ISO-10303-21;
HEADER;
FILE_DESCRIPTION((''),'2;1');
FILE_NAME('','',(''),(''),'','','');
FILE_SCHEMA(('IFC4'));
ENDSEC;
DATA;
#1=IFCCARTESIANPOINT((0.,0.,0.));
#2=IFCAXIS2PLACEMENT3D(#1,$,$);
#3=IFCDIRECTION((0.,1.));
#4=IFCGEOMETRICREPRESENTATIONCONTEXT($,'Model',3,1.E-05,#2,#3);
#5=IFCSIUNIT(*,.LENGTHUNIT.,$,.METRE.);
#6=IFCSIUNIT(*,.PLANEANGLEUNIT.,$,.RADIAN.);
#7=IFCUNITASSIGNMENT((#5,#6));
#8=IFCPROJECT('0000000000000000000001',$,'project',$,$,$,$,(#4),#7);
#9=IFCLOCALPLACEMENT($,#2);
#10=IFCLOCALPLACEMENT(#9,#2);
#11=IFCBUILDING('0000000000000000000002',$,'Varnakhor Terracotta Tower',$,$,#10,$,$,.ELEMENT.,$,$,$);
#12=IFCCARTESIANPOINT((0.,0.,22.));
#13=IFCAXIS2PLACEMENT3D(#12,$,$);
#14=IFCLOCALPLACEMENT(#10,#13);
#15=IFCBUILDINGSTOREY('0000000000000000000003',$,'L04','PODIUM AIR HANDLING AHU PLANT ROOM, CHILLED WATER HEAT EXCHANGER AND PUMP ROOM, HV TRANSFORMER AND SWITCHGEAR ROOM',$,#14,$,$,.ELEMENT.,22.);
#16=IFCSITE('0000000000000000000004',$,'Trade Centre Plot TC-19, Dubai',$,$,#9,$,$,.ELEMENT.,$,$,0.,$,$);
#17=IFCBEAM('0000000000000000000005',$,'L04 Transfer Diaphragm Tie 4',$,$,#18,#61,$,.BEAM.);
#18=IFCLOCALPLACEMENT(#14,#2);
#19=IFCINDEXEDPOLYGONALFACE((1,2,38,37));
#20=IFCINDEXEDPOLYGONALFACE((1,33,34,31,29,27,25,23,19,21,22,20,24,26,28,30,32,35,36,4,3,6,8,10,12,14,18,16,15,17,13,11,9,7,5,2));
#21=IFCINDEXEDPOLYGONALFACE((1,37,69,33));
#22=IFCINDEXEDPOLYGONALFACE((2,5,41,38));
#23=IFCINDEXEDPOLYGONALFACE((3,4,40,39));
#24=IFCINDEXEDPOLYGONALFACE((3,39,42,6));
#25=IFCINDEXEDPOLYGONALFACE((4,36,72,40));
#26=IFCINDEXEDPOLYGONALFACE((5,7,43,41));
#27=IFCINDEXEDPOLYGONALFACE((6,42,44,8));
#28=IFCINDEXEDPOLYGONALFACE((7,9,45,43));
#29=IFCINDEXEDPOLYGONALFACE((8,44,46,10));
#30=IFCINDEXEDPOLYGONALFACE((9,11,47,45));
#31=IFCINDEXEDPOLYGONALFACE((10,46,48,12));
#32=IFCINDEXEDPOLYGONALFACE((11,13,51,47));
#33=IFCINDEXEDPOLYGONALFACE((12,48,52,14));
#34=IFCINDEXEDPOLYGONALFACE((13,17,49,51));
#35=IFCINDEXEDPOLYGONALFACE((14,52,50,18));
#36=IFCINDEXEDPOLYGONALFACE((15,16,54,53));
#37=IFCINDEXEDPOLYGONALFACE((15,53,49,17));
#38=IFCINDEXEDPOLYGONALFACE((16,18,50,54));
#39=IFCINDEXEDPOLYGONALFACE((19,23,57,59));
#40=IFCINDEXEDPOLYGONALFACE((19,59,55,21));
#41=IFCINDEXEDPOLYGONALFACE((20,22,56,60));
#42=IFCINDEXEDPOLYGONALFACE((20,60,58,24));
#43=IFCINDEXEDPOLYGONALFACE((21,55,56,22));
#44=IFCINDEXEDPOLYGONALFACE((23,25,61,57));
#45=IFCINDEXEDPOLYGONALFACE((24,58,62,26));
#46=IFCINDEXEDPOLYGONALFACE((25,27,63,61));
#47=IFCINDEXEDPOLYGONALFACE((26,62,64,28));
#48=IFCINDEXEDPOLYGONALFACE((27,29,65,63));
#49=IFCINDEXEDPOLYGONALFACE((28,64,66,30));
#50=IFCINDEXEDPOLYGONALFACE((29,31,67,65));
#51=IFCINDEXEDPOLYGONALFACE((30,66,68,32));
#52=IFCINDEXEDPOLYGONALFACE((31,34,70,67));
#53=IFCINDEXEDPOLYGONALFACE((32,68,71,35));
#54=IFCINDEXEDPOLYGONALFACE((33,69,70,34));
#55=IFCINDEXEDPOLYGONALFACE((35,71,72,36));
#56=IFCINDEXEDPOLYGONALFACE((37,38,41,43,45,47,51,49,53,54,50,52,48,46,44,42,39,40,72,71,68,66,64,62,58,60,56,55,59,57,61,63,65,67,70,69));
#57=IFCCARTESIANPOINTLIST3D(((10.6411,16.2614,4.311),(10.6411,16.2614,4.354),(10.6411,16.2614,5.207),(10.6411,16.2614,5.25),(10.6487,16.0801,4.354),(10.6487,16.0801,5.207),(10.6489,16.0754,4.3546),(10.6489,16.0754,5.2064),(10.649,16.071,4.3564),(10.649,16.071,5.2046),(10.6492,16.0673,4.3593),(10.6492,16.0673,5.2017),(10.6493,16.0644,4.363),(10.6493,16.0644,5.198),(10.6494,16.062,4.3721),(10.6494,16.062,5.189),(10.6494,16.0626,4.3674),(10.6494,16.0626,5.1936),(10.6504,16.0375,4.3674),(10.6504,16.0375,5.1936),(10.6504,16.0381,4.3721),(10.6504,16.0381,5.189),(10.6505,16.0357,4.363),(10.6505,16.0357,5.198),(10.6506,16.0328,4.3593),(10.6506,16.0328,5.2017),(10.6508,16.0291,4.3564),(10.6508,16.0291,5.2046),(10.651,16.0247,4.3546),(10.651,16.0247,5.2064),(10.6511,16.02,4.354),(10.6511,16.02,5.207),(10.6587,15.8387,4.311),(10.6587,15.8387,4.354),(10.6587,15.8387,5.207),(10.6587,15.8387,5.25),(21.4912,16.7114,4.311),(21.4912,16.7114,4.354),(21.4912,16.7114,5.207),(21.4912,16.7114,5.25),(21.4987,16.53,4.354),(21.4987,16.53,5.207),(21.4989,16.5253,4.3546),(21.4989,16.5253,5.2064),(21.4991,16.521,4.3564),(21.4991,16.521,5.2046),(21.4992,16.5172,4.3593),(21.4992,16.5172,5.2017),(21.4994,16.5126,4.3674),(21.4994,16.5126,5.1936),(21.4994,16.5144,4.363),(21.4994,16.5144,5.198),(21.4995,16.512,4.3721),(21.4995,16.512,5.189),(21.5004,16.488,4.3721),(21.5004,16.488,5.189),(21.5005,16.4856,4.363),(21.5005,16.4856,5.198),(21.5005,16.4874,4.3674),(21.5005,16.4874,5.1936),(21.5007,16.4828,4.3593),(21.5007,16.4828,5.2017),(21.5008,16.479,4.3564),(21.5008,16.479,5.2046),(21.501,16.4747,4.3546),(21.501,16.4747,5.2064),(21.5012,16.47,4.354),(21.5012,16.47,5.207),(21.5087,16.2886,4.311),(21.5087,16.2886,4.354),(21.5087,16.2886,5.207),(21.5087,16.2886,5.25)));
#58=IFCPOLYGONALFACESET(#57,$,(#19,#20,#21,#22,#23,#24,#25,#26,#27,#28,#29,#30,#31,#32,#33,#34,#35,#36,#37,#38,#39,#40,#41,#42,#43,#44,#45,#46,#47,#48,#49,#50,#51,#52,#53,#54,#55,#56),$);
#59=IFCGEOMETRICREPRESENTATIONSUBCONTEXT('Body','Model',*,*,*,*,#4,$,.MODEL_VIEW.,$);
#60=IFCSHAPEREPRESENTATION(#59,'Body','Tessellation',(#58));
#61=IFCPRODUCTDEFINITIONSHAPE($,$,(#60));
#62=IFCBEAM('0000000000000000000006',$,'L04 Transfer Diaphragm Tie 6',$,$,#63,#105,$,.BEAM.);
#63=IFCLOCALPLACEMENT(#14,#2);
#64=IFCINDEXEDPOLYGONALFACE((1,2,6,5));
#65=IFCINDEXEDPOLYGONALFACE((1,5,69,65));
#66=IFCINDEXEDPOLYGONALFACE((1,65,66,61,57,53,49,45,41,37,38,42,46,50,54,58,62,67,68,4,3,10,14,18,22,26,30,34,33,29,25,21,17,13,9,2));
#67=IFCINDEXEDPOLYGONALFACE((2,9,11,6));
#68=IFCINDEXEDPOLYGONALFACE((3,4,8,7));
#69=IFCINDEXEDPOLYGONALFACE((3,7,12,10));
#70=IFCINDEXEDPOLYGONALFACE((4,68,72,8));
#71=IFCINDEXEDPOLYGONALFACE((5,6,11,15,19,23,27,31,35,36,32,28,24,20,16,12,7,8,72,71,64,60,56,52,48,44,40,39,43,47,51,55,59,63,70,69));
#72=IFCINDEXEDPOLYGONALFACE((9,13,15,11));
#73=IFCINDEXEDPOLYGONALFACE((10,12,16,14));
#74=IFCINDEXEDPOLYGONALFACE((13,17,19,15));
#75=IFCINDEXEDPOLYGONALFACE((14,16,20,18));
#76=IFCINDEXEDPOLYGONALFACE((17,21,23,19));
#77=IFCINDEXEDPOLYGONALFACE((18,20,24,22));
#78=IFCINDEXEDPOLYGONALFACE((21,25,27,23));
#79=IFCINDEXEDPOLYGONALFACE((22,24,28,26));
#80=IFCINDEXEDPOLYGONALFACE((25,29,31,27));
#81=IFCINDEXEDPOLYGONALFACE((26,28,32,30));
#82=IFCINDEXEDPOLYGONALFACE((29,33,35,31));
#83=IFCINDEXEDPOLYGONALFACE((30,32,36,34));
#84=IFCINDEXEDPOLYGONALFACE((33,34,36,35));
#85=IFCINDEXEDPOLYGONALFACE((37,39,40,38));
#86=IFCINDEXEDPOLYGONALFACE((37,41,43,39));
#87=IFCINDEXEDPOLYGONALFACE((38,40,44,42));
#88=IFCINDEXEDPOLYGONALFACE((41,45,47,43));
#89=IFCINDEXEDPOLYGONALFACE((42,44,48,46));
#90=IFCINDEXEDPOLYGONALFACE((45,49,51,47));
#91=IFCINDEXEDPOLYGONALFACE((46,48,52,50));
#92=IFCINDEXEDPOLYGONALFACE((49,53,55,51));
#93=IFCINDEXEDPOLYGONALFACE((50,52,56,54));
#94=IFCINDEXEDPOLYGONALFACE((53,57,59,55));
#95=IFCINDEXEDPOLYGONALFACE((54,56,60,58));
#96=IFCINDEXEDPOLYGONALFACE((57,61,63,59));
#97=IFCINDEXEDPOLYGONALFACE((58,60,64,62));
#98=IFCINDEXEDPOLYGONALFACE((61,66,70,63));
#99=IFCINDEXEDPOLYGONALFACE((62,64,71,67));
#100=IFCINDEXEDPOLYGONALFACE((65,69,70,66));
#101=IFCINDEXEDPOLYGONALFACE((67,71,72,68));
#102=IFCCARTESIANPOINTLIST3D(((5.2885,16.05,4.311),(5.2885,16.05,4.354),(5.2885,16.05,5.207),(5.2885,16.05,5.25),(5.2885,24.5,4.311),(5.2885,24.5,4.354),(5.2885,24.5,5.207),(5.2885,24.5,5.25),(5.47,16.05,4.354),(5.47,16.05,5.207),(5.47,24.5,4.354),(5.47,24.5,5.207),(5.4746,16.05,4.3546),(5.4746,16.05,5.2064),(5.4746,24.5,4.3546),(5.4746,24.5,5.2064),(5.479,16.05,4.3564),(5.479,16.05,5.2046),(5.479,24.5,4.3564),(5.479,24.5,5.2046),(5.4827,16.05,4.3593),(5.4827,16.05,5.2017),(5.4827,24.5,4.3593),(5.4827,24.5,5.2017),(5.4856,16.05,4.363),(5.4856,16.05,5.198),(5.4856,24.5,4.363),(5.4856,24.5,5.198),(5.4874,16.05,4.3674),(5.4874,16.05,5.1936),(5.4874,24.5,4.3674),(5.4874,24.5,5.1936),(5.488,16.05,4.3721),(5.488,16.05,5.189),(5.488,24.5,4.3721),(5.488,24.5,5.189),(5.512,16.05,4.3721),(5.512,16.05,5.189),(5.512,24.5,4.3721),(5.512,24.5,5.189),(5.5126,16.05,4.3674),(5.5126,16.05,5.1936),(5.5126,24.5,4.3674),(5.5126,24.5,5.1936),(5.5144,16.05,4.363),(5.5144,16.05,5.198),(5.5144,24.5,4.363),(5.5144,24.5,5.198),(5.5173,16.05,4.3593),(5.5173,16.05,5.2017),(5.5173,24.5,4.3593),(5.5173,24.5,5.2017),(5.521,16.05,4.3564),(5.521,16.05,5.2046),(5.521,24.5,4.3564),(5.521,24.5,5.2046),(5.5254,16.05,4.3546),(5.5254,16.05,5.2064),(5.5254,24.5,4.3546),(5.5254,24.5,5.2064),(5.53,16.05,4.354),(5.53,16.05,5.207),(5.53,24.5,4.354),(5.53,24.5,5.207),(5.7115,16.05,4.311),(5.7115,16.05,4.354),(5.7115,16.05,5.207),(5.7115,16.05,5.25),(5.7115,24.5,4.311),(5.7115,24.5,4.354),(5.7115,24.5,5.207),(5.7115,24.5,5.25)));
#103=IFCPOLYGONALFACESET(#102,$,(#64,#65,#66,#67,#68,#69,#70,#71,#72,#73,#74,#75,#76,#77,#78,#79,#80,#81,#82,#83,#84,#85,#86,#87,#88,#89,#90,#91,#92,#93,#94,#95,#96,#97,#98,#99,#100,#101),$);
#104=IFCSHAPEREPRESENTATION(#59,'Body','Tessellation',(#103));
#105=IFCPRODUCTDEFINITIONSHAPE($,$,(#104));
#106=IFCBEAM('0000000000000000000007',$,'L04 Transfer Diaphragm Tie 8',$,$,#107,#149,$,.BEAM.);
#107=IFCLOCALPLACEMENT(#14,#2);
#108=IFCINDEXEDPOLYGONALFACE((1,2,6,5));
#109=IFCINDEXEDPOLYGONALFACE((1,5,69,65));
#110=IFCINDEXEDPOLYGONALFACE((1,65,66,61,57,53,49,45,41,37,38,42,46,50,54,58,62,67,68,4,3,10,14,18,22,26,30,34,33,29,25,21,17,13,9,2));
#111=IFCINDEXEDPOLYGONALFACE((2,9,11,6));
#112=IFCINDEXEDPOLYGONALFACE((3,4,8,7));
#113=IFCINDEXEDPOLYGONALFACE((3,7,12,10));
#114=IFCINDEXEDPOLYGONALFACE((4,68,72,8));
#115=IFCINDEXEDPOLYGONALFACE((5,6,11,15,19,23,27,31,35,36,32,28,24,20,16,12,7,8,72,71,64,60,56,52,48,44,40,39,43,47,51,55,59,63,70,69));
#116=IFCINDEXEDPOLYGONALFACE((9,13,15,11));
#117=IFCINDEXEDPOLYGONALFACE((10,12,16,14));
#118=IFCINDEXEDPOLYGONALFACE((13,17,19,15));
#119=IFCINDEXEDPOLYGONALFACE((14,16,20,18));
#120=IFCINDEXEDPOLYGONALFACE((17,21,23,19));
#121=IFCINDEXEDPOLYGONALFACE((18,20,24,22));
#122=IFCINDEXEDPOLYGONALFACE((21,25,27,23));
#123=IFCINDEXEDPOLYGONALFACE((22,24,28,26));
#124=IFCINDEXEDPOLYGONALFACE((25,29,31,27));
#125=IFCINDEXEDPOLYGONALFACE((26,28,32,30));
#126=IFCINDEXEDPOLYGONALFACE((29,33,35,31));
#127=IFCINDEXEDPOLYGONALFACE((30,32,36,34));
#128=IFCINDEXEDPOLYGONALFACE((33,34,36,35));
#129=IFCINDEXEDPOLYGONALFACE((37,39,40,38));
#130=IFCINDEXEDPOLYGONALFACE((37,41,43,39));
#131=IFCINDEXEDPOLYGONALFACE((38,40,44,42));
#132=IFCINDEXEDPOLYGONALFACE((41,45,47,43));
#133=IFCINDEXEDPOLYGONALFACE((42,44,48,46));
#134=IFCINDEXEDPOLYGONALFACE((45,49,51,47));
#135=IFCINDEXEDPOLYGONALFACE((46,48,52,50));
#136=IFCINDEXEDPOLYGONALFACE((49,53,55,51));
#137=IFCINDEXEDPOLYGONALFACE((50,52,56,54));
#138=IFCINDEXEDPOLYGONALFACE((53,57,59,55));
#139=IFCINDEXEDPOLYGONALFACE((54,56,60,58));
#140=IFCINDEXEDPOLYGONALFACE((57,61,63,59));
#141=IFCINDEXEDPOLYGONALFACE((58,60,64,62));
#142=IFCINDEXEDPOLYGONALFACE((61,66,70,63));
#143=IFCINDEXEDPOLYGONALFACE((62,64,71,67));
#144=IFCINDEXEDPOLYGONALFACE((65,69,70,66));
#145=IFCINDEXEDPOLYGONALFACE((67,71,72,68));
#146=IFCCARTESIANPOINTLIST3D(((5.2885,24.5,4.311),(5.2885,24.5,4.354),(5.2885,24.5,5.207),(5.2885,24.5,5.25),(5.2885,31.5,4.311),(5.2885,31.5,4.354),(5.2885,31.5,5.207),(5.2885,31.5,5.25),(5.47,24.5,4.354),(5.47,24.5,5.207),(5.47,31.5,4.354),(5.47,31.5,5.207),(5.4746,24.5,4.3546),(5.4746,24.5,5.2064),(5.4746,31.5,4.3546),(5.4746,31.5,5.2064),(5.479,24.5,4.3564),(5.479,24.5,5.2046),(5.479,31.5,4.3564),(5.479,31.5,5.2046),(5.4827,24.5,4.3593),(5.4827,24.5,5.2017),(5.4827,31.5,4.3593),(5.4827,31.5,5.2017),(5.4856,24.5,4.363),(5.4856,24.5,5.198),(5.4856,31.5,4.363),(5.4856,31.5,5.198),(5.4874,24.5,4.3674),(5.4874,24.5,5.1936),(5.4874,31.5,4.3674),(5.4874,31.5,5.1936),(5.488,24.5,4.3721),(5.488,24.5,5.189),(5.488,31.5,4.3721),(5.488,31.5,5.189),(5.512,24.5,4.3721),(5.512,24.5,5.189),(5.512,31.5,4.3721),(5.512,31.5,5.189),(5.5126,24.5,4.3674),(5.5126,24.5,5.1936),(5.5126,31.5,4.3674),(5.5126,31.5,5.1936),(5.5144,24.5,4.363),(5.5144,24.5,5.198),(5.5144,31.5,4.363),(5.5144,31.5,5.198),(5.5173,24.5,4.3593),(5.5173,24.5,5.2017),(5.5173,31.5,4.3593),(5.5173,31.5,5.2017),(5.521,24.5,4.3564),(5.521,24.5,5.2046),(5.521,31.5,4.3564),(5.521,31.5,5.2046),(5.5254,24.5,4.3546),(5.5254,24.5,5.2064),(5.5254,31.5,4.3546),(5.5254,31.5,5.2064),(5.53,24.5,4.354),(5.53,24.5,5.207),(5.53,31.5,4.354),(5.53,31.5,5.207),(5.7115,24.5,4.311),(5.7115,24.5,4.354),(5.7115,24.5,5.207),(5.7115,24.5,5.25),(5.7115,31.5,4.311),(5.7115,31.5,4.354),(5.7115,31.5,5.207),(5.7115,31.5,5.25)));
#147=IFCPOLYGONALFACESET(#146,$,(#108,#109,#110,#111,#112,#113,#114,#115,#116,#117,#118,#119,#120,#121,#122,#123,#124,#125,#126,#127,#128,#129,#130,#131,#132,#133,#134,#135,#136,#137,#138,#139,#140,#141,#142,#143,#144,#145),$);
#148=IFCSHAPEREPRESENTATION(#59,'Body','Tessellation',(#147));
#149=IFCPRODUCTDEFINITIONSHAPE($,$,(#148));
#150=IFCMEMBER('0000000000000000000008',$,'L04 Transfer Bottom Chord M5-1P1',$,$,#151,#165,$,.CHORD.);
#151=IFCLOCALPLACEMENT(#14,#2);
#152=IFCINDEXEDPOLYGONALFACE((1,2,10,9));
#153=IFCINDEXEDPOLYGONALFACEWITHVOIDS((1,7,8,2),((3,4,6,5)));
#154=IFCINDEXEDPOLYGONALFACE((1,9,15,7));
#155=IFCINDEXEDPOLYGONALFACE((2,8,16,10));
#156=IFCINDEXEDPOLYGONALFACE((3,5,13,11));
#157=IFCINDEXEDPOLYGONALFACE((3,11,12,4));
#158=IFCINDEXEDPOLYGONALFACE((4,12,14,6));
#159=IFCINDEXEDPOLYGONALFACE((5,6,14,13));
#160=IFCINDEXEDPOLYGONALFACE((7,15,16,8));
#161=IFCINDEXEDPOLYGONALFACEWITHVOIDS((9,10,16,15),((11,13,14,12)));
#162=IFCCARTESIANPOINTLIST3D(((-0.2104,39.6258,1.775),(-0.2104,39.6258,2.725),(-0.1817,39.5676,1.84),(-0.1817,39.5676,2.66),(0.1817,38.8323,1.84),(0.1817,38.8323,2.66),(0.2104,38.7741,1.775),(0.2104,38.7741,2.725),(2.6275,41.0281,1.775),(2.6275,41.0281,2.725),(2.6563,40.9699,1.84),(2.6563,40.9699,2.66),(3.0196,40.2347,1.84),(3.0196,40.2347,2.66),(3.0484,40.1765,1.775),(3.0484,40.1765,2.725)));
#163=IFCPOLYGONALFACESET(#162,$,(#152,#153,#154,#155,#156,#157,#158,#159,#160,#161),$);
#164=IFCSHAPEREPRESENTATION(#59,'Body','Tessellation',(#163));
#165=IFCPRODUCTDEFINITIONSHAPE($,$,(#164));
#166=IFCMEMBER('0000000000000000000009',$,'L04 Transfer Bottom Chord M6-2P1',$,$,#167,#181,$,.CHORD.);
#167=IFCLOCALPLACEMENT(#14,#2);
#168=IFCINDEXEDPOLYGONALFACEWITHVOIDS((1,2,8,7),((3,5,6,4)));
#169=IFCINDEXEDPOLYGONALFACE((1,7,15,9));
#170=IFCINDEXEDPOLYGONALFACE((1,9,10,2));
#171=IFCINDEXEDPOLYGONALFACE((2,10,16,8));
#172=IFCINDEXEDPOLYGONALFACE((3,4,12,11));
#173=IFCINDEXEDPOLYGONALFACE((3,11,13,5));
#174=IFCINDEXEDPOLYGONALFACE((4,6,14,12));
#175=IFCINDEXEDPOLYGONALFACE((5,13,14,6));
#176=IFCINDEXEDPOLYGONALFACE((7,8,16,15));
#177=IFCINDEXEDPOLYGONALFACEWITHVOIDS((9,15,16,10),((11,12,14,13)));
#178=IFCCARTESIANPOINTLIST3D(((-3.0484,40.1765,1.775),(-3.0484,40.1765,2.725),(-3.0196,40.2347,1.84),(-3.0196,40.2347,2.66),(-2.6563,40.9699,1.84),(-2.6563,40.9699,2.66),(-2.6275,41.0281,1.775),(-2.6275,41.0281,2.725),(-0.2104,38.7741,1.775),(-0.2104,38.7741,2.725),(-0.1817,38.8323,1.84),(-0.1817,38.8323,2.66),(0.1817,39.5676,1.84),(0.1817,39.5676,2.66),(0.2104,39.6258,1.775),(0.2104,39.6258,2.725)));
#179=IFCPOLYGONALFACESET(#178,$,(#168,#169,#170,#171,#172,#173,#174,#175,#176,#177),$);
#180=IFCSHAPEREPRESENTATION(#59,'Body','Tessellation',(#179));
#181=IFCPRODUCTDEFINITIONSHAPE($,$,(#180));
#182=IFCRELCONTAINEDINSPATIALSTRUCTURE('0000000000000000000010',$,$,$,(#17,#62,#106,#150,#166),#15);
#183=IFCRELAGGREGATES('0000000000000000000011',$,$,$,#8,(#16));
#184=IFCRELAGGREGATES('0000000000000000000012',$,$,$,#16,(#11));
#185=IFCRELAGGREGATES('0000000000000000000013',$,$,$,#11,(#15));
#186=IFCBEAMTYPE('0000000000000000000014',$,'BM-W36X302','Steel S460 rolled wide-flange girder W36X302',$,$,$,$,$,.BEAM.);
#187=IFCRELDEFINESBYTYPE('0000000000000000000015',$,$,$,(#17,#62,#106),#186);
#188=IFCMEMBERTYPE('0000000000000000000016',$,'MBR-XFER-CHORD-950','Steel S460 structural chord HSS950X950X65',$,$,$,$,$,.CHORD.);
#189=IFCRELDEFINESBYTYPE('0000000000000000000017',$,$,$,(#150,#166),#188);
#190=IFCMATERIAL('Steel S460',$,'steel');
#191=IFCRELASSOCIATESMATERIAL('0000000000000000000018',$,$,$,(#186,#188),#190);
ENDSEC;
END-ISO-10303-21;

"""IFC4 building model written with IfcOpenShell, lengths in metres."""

from ifc_helpers import new_model, si_unit, direction, frame, origin, origin_2d, place, context, subcontext, project, spatial, hollow_rectangle, i_section, extrude, source, transform, mapped, material, material_profile, profile_set, type_object, element, save


model = new_model("IFC4")

# Units and contexts
model_context = context("Model", 3, precision=1e-05, world=origin(), true_north=direction((0.0, 1.0)))
body_context = subcontext(model_context, "Body", "Model", "MODEL_VIEW")
ifc_project = project(units=[si_unit("LENGTHUNIT", "METRE"), si_unit("PLANEANGLEUNIT", "RADIAN")], contexts=[model_context])

# Site, building, storey
site_placement = place(None, origin())
site = spatial("IfcSite", under=ifc_project, at=site_placement, Name="Trade Centre Plot TC-19, Dubai", CompositionType="ELEMENT", RefElevation=0.0)
building_placement = place(site_placement, origin())
building = spatial("IfcBuilding", under=site, at=building_placement, Name="Varnakhor Terracotta Tower", CompositionType="ELEMENT")
storey_placement = place(building_placement, frame((0.0, 0.0, 22.0)))
storey = spatial("IfcBuildingStorey", under=building, at=storey_placement, Name="L04", Description="PODIUM AIR HANDLING AHU PLANT ROOM, CHILLED WATER HEAT EXCHANGER AND PUMP ROOM, HV TRANSFORMER AND SWITCHGEAR ROOM", CompositionType="ELEMENT", Elevation=22.0)

# Shared definitions
ifc_material_1 = material(Name="Steel S460", Category="steel")

# Beams
ifc_material_profile_1 = material_profile(ifc_material_1, i_section(OverallWidth=0.4231, OverallDepth=0.939, WebThickness=0.0239, FlangeThickness=0.043, FilletRadius=0.0181, at=origin_2d()), Name="W36X302")
ifc_profile_set_1 = profile_set([ifc_material_profile_1], Name="Steel S460")
beam_type_1 = type_object("IfcBeamType", Name="BM-W36X302", Description="Steel S460 rolled wide-flange girder W36X302", PredefinedType="BEAM", material=ifc_profile_set_1)
shared_shape_1 = source(origin(), body_context, "Body", "SweptSolid", [
    extrude(i_section(OverallWidth=0.4231, OverallDepth=0.939, WebThickness=0.0239, FlangeThickness=0.043, FilletRadius=0.0181, at=origin_2d()), origin(), (0.0, 0.0, 1.0), 10.8594),
])
beam_1_placement = place(storey_placement, frame((10.6499, 16.05, 4.7805), z_axis=(0.999141, 0.041434, 0.0), x_axis=(-0.041434, 0.999141, 0.0)))
element("IfcBeam", 1, at=beam_1_placement, inside=storey, type_object=beam_type_1, Name="L04 Transfer Diaphragm Tie 4", PredefinedType="BEAM", context=body_context, shape_type="MappedRepresentation", body=[
    mapped(shared_shape_1, transform((0.0, 0.0, 0.0), scale=1.0)),
])
shared_shape_2 = source(origin(), body_context, "Body", "SweptSolid", [
    extrude(i_section(OverallWidth=0.4231, OverallDepth=0.939, WebThickness=0.0239, FlangeThickness=0.043, FilletRadius=0.0181, at=origin_2d()), origin(), (0.0, 0.0, 1.0), 8.45),
])
beam_2_placement = place(storey_placement, frame((5.5, 16.05, 4.7805), z_axis=(0.0, 1.0, 0.0), x_axis=(-1.0, 0.0, 0.0)))
element("IfcBeam", 2, at=beam_2_placement, inside=storey, type_object=beam_type_1, Name="L04 Transfer Diaphragm Tie 6", PredefinedType="BEAM", context=body_context, shape_type="MappedRepresentation", body=[
    mapped(shared_shape_2, transform((0.0, 0.0, 0.0), scale=1.0)),
])
shared_shape_3 = source(origin(), body_context, "Body", "SweptSolid", [
    extrude(i_section(OverallWidth=0.4231, OverallDepth=0.939, WebThickness=0.0239, FlangeThickness=0.043, FilletRadius=0.0181, at=origin_2d()), origin(), (0.0, 0.0, 1.0), 7.0),
])
beam_3_placement = place(storey_placement, frame((5.5, 24.5, 4.7805), z_axis=(0.0, 1.0, 0.0), x_axis=(-1.0, 0.0, 0.0)))
element("IfcBeam", 3, at=beam_3_placement, inside=storey, type_object=beam_type_1, Name="L04 Transfer Diaphragm Tie 8", PredefinedType="BEAM", context=body_context, shape_type="MappedRepresentation", body=[
    mapped(shared_shape_3, transform((0.0, 0.0, 0.0), scale=1.0)),
])

# Members
ifc_material_profile_2 = material_profile(ifc_material_1, hollow_rectangle(XDim=0.95, YDim=0.95, WallThickness=0.0649, at=origin_2d()), Name="HSS950X950X65")
ifc_profile_set_2 = profile_set([ifc_material_profile_2], Name="Steel S460")
member_type_1 = type_object("IfcMemberType", Name="MBR-XFER-CHORD-950", Description="Steel S460 structural chord HSS950X950X65", PredefinedType="CHORD", material=ifc_profile_set_2)
shared_shape_4 = source(origin(), body_context, "Body", "SweptSolid", [
    extrude(hollow_rectangle(XDim=0.95, YDim=0.95, WallThickness=0.0649, at=origin_2d()), origin(), (0.0, 0.0, 1.0), 3.1655),
])
for number, where, z_axis, x_axis, name in (
    (4, (0.0, 39.2, 2.25), (0.896515, 0.443013, 0.0), (-0.443013, 0.896515, 0.0), "L04 Transfer Bottom Chord M5-1P1"),
    (5, (0.0, 39.2, 2.25), (-0.896515, 0.443013, 0.0), (-0.443013, -0.896515, 0.0), "L04 Transfer Bottom Chord M6-2P1"),
):
    element("IfcMember", number, at=place(storey_placement, frame(where, z_axis=z_axis, x_axis=x_axis)), inside=storey, type_object=member_type_1, Name=name, PredefinedType="CHORD", context=body_context, shape_type="MappedRepresentation", body=[
        mapped(shared_shape_4, transform((0.0, 0.0, 0.0), scale=1.0)),
    ])

save(model, "model.ifc")
